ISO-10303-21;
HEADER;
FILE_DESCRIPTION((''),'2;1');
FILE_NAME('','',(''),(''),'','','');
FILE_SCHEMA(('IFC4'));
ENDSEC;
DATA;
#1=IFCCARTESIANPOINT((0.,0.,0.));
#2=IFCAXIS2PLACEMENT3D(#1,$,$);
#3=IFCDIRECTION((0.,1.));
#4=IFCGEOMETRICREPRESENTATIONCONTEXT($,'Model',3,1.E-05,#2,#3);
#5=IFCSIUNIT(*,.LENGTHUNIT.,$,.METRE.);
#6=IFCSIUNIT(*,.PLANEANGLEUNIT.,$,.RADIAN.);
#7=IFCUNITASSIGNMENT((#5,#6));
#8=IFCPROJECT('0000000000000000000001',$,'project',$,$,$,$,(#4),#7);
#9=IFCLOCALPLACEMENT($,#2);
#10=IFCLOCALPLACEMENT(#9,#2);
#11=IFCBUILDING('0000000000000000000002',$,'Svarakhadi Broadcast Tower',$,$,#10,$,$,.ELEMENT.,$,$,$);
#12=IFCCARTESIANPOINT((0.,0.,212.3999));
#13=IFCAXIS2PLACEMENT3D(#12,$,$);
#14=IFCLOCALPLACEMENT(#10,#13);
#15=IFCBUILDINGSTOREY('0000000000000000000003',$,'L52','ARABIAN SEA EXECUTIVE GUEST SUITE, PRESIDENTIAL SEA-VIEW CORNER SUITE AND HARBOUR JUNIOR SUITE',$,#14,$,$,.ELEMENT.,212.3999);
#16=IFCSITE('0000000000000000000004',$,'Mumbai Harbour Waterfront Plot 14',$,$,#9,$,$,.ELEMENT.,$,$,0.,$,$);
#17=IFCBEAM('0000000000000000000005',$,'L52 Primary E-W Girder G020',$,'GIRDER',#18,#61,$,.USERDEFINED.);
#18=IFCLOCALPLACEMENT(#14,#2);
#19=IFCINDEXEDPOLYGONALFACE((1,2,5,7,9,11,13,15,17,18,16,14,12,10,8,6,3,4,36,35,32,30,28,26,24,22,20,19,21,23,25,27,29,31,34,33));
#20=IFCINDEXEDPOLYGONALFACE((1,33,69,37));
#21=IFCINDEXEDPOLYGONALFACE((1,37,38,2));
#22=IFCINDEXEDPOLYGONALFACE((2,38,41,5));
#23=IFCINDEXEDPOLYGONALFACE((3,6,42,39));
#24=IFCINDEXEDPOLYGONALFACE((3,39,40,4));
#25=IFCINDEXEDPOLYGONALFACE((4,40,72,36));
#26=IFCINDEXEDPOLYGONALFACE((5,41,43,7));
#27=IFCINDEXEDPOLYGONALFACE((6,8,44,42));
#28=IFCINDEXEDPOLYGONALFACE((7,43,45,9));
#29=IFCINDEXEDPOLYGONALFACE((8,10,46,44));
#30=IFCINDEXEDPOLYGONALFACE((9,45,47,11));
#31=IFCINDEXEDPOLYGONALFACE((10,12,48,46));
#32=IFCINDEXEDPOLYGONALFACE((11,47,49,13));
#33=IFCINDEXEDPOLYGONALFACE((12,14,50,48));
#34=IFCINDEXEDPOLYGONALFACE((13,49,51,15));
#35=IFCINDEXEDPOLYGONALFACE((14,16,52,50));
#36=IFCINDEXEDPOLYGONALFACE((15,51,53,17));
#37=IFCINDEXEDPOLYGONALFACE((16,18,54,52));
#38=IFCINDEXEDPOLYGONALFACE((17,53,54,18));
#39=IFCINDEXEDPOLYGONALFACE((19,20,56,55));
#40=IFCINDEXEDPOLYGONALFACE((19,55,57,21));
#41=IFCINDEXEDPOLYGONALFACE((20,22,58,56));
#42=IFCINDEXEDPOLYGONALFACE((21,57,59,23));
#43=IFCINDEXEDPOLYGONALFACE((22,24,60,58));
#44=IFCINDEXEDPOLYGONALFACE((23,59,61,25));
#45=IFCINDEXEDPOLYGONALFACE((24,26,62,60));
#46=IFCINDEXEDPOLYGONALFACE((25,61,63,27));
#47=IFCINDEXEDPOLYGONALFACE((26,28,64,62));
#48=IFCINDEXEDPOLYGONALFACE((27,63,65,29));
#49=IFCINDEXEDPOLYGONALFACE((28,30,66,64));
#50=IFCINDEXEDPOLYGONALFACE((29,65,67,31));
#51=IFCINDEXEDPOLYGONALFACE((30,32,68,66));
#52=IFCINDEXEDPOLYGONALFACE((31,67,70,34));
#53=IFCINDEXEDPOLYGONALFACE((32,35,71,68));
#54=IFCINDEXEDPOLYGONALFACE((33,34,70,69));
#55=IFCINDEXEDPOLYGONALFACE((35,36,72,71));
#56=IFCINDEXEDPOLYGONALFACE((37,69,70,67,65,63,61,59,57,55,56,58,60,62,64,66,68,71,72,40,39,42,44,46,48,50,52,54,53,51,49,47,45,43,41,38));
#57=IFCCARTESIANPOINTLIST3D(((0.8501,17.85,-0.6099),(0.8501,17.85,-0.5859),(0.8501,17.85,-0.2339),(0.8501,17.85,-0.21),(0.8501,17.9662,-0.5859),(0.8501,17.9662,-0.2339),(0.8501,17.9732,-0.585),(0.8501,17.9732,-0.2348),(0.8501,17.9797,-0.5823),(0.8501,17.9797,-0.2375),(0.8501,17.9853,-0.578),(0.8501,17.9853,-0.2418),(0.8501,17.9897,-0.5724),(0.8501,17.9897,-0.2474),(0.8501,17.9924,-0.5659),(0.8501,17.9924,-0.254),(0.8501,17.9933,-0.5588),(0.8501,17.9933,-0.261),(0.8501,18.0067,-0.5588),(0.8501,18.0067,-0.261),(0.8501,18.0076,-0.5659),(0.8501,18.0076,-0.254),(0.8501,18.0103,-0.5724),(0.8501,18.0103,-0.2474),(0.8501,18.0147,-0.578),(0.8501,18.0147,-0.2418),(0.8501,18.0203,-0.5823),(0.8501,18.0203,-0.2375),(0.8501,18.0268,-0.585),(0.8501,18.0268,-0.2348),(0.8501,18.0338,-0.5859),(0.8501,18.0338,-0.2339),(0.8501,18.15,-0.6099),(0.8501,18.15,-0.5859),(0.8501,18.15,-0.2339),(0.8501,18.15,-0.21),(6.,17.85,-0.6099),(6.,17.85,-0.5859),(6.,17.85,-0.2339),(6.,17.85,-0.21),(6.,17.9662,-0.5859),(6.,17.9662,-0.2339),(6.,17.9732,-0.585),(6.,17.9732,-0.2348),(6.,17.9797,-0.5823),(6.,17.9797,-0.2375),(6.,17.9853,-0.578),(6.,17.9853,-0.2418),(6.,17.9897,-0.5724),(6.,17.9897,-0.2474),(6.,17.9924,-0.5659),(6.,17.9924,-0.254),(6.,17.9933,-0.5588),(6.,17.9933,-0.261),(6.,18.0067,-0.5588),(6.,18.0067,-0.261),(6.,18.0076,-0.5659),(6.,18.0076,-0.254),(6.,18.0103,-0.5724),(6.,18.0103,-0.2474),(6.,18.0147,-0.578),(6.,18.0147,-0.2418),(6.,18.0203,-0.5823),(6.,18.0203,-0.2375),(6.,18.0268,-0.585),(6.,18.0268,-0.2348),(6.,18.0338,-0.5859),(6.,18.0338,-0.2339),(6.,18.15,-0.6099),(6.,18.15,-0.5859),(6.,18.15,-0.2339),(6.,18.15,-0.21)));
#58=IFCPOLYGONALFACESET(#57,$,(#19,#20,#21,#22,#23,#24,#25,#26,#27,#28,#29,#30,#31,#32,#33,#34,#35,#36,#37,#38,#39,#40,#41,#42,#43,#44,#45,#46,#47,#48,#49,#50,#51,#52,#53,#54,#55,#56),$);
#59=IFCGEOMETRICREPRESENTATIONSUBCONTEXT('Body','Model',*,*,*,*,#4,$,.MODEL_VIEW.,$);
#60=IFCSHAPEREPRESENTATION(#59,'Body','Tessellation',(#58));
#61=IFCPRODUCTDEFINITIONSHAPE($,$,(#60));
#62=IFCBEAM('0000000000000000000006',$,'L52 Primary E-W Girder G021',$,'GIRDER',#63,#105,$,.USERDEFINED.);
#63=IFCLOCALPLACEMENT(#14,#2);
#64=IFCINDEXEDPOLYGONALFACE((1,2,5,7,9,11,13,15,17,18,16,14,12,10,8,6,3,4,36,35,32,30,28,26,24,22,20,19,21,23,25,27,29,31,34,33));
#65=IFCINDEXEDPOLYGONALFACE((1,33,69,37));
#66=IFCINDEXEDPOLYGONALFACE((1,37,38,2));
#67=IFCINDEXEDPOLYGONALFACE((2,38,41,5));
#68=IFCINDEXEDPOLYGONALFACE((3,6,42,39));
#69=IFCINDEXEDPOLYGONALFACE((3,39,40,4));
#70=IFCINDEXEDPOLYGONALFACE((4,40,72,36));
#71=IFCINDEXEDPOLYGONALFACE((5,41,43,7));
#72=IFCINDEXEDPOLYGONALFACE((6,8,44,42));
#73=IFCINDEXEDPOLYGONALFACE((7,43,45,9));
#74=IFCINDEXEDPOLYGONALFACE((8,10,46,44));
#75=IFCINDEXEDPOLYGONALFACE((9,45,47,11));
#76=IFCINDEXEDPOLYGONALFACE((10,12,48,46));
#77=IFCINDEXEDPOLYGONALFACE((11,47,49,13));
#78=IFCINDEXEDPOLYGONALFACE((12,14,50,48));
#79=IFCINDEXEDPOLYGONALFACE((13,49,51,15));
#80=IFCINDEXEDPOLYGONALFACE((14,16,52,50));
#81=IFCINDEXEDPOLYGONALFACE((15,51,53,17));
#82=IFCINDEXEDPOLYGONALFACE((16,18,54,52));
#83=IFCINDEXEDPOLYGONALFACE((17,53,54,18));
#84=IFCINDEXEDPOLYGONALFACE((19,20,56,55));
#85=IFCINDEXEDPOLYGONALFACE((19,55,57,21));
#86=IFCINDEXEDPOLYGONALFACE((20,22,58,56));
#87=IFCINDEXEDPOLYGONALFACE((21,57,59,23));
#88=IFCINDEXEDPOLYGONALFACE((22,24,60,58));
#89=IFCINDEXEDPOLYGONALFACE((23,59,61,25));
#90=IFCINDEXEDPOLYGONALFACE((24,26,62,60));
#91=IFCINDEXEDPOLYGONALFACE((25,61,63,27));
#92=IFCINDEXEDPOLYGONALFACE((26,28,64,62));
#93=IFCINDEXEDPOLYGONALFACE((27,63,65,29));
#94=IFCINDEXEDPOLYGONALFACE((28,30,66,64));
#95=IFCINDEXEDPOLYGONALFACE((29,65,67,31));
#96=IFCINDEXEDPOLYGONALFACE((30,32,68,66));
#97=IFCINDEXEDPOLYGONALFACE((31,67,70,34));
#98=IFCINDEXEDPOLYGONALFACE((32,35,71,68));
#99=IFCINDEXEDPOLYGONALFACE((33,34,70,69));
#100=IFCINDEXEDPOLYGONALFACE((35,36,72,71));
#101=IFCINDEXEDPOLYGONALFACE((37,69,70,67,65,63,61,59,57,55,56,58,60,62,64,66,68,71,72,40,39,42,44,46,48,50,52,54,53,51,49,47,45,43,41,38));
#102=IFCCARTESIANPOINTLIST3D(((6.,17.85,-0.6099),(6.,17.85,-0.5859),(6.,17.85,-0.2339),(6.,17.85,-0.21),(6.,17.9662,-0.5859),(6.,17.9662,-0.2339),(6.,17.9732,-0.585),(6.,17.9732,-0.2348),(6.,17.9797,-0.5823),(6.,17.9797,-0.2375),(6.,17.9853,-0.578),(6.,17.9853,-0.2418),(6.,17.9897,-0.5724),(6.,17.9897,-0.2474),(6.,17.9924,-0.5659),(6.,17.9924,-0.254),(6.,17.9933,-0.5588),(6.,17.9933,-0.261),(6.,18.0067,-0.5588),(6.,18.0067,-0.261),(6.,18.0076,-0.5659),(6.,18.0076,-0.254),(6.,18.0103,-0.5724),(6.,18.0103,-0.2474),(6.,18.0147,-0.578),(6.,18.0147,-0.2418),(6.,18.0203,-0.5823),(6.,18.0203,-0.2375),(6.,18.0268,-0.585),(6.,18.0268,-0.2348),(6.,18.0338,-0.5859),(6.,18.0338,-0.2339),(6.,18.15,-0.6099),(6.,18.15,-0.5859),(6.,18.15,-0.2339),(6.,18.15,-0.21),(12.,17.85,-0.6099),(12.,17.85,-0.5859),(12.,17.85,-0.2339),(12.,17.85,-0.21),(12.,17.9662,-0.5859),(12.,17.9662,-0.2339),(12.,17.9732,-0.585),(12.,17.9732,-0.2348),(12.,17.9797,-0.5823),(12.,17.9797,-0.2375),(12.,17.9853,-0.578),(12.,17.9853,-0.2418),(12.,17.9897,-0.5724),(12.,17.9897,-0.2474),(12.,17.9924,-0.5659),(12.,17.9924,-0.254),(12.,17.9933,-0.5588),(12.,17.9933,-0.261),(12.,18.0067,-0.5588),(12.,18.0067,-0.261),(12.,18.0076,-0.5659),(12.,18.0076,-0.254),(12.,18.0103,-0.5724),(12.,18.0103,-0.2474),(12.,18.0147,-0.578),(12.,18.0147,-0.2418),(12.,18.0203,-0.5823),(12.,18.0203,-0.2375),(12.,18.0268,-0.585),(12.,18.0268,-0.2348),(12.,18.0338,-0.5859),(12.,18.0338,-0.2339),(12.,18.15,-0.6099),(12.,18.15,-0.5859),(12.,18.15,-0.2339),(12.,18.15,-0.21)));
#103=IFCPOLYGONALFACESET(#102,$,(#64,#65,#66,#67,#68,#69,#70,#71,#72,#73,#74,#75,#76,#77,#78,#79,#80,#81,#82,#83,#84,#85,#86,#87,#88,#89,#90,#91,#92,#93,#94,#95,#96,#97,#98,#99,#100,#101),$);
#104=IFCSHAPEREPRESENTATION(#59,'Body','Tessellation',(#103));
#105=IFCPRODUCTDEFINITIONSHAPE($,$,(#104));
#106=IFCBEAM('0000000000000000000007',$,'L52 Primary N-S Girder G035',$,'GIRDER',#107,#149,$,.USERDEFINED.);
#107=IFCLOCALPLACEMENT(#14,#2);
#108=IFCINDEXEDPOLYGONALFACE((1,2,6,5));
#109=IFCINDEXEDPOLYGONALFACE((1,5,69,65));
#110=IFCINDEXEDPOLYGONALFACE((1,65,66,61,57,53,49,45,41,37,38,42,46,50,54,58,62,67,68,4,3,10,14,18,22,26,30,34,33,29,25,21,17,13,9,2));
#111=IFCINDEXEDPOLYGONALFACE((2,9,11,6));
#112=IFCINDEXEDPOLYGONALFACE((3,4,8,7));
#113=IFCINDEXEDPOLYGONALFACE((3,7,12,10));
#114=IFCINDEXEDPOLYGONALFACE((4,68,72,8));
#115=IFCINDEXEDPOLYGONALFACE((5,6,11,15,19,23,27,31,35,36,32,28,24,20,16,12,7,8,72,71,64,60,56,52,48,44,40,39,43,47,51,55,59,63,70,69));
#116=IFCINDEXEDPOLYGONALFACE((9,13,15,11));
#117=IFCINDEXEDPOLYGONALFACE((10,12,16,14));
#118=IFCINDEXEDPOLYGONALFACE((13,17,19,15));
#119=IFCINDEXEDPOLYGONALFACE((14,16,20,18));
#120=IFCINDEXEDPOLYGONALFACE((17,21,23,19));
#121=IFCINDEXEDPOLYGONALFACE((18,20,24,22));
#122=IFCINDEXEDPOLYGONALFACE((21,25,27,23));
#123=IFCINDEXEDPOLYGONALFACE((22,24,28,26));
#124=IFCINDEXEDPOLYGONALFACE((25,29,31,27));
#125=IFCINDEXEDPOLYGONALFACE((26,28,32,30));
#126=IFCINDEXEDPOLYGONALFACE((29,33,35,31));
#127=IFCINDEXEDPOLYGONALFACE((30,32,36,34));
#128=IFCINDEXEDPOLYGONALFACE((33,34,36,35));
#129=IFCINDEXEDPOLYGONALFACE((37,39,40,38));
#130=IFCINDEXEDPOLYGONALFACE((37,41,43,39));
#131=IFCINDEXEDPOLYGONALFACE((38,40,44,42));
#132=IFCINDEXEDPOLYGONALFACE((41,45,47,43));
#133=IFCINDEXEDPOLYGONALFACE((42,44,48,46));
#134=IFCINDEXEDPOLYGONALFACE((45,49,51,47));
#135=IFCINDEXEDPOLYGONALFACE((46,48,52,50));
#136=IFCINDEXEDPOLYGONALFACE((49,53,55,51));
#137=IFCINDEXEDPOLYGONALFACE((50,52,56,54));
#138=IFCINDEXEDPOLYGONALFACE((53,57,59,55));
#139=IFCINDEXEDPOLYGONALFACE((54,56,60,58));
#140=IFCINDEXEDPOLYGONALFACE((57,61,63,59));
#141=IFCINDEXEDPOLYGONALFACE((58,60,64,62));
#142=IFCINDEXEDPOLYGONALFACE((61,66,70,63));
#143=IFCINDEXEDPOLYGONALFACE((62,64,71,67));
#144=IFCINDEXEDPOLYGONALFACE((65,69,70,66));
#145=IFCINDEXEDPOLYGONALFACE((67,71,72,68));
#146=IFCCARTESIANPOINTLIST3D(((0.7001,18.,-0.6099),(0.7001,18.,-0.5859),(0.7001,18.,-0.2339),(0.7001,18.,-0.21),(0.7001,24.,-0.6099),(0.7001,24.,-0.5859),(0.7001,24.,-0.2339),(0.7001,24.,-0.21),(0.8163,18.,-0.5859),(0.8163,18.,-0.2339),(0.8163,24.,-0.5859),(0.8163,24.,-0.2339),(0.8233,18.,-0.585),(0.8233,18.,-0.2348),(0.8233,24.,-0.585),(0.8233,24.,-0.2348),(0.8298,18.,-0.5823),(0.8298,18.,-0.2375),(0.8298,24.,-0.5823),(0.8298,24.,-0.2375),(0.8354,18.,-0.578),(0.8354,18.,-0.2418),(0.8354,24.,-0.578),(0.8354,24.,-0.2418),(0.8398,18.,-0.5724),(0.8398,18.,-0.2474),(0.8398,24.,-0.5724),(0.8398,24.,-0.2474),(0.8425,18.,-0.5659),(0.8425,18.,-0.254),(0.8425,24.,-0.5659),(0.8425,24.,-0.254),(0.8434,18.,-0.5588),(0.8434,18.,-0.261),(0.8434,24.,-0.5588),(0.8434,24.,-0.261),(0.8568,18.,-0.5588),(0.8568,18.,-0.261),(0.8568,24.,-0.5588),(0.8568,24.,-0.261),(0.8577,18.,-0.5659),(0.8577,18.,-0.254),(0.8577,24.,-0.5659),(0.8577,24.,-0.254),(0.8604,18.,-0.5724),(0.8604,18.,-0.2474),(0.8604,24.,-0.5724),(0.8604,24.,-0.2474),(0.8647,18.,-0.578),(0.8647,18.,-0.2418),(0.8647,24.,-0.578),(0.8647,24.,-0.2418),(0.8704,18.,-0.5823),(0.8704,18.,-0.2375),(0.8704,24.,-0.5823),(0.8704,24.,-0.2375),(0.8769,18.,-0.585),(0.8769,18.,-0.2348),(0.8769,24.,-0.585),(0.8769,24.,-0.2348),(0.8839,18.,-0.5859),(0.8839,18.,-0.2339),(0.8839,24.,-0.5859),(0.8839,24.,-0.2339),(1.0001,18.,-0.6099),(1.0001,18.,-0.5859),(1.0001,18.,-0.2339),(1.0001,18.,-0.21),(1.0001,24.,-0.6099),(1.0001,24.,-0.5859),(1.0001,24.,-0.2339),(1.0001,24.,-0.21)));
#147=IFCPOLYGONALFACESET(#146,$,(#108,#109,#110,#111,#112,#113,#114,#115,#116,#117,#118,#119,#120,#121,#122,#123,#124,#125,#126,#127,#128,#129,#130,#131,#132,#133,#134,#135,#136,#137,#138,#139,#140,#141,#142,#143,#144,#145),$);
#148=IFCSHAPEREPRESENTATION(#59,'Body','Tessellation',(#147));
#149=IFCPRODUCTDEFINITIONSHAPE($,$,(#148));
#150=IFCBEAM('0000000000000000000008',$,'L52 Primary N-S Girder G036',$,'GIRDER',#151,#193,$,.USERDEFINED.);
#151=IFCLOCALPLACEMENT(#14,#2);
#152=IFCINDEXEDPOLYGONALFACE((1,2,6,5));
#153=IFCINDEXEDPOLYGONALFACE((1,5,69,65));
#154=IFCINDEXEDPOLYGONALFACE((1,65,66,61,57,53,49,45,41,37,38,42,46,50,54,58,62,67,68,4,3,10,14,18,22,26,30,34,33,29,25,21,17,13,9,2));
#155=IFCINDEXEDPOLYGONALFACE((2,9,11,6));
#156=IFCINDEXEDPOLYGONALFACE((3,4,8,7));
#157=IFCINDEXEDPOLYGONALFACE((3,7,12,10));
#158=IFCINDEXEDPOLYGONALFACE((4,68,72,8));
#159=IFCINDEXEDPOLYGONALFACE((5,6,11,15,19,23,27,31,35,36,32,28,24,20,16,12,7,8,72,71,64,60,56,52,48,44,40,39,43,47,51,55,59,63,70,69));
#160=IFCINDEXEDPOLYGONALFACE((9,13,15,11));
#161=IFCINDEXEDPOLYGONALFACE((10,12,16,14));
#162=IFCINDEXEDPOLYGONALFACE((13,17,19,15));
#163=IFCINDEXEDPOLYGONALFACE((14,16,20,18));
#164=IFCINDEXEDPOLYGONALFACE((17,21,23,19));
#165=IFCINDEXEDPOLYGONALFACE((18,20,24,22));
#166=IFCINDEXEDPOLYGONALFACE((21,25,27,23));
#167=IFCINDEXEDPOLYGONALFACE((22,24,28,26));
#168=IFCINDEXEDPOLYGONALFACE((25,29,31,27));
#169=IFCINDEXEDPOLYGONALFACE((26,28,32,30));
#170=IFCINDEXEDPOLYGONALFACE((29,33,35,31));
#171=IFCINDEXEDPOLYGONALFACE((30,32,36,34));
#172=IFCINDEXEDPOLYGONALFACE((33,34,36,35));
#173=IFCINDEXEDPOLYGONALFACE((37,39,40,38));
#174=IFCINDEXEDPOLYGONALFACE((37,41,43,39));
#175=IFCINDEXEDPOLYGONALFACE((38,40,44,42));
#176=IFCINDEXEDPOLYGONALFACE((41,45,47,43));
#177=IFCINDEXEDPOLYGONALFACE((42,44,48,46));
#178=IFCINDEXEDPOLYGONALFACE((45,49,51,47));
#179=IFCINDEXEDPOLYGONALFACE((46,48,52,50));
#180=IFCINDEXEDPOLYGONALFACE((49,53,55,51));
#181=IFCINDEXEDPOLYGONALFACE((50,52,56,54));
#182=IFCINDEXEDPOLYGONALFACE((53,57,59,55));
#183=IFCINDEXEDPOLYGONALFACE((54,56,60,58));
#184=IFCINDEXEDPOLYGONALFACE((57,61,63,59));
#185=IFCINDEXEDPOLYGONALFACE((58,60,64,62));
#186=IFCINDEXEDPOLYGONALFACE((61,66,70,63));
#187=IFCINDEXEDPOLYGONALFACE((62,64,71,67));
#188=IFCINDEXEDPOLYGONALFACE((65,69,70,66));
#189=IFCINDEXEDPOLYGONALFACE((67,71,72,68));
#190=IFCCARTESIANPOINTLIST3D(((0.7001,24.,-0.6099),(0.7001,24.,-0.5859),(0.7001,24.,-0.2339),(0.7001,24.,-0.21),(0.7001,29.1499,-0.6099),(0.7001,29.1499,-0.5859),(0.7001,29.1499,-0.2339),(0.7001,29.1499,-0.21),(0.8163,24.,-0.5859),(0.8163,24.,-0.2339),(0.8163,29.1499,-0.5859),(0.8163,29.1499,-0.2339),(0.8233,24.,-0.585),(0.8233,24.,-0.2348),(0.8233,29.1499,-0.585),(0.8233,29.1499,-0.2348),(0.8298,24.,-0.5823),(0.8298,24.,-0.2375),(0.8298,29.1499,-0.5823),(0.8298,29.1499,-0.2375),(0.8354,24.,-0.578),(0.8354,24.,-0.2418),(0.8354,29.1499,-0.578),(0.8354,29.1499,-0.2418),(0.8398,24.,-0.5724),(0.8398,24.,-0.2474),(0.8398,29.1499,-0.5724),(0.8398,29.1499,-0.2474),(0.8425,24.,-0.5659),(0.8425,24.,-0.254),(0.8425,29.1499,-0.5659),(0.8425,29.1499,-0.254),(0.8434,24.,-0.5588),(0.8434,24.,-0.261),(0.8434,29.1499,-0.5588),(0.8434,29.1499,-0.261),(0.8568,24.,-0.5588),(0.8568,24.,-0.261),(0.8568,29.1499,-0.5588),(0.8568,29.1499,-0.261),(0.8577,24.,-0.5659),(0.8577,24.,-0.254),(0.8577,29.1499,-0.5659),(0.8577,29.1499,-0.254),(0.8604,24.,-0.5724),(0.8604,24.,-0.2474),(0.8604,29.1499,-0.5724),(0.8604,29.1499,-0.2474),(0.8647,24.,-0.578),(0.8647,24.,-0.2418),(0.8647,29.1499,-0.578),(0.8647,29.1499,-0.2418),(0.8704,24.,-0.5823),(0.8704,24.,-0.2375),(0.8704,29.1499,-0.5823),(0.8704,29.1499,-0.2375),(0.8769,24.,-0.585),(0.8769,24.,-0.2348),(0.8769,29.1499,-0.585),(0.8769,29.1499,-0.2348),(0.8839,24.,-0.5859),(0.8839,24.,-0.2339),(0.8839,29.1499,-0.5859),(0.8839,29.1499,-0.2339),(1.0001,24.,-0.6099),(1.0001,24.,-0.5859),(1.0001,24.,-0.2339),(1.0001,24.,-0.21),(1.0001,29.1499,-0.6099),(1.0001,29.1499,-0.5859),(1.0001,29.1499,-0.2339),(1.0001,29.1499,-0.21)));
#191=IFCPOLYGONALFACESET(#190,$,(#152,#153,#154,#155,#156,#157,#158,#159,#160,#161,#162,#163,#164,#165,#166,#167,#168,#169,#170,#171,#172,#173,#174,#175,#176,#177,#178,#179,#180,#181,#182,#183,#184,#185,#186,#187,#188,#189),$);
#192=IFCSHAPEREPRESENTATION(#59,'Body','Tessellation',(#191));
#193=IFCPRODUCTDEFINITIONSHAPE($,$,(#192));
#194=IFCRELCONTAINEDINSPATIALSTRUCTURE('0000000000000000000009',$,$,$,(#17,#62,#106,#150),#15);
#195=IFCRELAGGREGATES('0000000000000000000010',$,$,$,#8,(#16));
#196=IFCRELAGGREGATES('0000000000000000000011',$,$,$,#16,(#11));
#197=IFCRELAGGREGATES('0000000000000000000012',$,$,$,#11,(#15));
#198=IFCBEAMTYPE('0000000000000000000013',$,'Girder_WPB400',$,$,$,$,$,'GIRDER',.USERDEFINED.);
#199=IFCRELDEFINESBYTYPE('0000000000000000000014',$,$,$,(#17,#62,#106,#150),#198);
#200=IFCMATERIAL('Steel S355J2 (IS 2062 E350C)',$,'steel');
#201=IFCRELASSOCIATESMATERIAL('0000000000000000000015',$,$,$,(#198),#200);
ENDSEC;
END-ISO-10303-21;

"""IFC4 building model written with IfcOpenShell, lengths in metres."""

from ifc_helpers import new_model, si_unit, direction, frame, origin, origin_2d, place, context, subcontext, project, spatial, i_section, extrude, material, material_profile, profile_set, type_object, element, save


model = new_model("IFC4")

# Units and contexts
model_context = context("Model", 3, precision=1e-05, world=origin(), true_north=direction((0.0, 1.0)))
body_context = subcontext(model_context, "Body", "Model", "MODEL_VIEW")
ifc_project = project(units=[si_unit("LENGTHUNIT", "METRE"), si_unit("PLANEANGLEUNIT", "RADIAN")], contexts=[model_context])

# Site, building, storey
site_placement = place(None, origin())
site = spatial("IfcSite", under=ifc_project, at=site_placement, Name="Mumbai Harbour Waterfront Plot 14", CompositionType="ELEMENT", RefElevation=0.0)
building_placement = place(site_placement, origin())
building = spatial("IfcBuilding", under=site, at=building_placement, Name="Svarakhadi Broadcast Tower", CompositionType="ELEMENT")
storey_placement = place(building_placement, frame((0.0, 0.0, 212.3999)))
storey = spatial("IfcBuildingStorey", under=building, at=storey_placement, Name="L52", Description="ARABIAN SEA EXECUTIVE GUEST SUITE, PRESIDENTIAL SEA-VIEW CORNER SUITE AND HARBOUR JUNIOR SUITE", CompositionType="ELEMENT", Elevation=212.3999)

# Shared definitions
ifc_material_1 = material(Name="Steel S355J2 (IS 2062 E350C)", Category="steel")

# Beams
ifc_material_profile_1 = material_profile(ifc_material_1, i_section(OverallWidth=0.3, OverallDepth=0.3999, WebThickness=0.0134, FlangeThickness=0.0239, FilletRadius=0.0271, at=origin_2d()), Name="WPB 400x300x155")
ifc_profile_set_1 = profile_set([ifc_material_profile_1], Name="Steel S355J2 (IS 2062 E350C)")
beam_type_1 = type_object("IfcBeamType", Name="Girder_WPB400", ElementType="GIRDER", PredefinedType="USERDEFINED", material=ifc_profile_set_1)
beam_1_placement = place(storey_placement, frame((0.8501, 18.0, -0.4099), z_axis=(1.0, 0.0, 0.0), x_axis=(0.0, 1.0, 0.0)))
element("IfcBeam", 1, at=beam_1_placement, inside=storey, type_object=beam_type_1, Name="L52 Primary E-W Girder G020", ObjectType="GIRDER", PredefinedType="USERDEFINED", context=body_context, shape_type="SweptSolid", body=[
    extrude(i_section(OverallWidth=0.3, OverallDepth=0.3999, WebThickness=0.0134, FlangeThickness=0.0239, FilletRadius=0.0271, at=origin_2d()), origin(), (0.0, 0.0, 1.0), 5.1499),
])
for number, where, z_axis, x_axis, name in (
    (2, (6.0, 18.0, -0.4099), (1.0, 0.0, 0.0), (0.0, 1.0, 0.0), "L52 Primary E-W Girder G021"),
    (3, (0.8501, 18.0, -0.4099), (0.0, 1.0, 0.0), (-1.0, 0.0, 0.0), "L52 Primary N-S Girder G035"),
):
    element("IfcBeam", number, at=place(storey_placement, frame(where, z_axis=z_axis, x_axis=x_axis)), inside=storey, type_object=beam_type_1, Name=name, ObjectType="GIRDER", PredefinedType="USERDEFINED", context=body_context, shape_type="SweptSolid", body=[
        extrude(i_section(OverallWidth=0.3, OverallDepth=0.3999, WebThickness=0.0134, FlangeThickness=0.0239, FilletRadius=0.0271, at=origin_2d()), origin(), (0.0, 0.0, 1.0), 6.0),
    ])
beam_2_placement = place(storey_placement, frame((0.8501, 24.0, -0.4099), z_axis=(0.0, 1.0, 0.0), x_axis=(-1.0, 0.0, 0.0)))
element("IfcBeam", 4, at=beam_2_placement, inside=storey, type_object=beam_type_1, Name="L52 Primary N-S Girder G036", ObjectType="GIRDER", PredefinedType="USERDEFINED", context=body_context, shape_type="SweptSolid", body=[
    extrude(i_section(OverallWidth=0.3, OverallDepth=0.3999, WebThickness=0.0134, FlangeThickness=0.0239, FilletRadius=0.0271, at=origin_2d()), origin(), (0.0, 0.0, 1.0), 5.1499),
])

save(model, "model.ifc")
